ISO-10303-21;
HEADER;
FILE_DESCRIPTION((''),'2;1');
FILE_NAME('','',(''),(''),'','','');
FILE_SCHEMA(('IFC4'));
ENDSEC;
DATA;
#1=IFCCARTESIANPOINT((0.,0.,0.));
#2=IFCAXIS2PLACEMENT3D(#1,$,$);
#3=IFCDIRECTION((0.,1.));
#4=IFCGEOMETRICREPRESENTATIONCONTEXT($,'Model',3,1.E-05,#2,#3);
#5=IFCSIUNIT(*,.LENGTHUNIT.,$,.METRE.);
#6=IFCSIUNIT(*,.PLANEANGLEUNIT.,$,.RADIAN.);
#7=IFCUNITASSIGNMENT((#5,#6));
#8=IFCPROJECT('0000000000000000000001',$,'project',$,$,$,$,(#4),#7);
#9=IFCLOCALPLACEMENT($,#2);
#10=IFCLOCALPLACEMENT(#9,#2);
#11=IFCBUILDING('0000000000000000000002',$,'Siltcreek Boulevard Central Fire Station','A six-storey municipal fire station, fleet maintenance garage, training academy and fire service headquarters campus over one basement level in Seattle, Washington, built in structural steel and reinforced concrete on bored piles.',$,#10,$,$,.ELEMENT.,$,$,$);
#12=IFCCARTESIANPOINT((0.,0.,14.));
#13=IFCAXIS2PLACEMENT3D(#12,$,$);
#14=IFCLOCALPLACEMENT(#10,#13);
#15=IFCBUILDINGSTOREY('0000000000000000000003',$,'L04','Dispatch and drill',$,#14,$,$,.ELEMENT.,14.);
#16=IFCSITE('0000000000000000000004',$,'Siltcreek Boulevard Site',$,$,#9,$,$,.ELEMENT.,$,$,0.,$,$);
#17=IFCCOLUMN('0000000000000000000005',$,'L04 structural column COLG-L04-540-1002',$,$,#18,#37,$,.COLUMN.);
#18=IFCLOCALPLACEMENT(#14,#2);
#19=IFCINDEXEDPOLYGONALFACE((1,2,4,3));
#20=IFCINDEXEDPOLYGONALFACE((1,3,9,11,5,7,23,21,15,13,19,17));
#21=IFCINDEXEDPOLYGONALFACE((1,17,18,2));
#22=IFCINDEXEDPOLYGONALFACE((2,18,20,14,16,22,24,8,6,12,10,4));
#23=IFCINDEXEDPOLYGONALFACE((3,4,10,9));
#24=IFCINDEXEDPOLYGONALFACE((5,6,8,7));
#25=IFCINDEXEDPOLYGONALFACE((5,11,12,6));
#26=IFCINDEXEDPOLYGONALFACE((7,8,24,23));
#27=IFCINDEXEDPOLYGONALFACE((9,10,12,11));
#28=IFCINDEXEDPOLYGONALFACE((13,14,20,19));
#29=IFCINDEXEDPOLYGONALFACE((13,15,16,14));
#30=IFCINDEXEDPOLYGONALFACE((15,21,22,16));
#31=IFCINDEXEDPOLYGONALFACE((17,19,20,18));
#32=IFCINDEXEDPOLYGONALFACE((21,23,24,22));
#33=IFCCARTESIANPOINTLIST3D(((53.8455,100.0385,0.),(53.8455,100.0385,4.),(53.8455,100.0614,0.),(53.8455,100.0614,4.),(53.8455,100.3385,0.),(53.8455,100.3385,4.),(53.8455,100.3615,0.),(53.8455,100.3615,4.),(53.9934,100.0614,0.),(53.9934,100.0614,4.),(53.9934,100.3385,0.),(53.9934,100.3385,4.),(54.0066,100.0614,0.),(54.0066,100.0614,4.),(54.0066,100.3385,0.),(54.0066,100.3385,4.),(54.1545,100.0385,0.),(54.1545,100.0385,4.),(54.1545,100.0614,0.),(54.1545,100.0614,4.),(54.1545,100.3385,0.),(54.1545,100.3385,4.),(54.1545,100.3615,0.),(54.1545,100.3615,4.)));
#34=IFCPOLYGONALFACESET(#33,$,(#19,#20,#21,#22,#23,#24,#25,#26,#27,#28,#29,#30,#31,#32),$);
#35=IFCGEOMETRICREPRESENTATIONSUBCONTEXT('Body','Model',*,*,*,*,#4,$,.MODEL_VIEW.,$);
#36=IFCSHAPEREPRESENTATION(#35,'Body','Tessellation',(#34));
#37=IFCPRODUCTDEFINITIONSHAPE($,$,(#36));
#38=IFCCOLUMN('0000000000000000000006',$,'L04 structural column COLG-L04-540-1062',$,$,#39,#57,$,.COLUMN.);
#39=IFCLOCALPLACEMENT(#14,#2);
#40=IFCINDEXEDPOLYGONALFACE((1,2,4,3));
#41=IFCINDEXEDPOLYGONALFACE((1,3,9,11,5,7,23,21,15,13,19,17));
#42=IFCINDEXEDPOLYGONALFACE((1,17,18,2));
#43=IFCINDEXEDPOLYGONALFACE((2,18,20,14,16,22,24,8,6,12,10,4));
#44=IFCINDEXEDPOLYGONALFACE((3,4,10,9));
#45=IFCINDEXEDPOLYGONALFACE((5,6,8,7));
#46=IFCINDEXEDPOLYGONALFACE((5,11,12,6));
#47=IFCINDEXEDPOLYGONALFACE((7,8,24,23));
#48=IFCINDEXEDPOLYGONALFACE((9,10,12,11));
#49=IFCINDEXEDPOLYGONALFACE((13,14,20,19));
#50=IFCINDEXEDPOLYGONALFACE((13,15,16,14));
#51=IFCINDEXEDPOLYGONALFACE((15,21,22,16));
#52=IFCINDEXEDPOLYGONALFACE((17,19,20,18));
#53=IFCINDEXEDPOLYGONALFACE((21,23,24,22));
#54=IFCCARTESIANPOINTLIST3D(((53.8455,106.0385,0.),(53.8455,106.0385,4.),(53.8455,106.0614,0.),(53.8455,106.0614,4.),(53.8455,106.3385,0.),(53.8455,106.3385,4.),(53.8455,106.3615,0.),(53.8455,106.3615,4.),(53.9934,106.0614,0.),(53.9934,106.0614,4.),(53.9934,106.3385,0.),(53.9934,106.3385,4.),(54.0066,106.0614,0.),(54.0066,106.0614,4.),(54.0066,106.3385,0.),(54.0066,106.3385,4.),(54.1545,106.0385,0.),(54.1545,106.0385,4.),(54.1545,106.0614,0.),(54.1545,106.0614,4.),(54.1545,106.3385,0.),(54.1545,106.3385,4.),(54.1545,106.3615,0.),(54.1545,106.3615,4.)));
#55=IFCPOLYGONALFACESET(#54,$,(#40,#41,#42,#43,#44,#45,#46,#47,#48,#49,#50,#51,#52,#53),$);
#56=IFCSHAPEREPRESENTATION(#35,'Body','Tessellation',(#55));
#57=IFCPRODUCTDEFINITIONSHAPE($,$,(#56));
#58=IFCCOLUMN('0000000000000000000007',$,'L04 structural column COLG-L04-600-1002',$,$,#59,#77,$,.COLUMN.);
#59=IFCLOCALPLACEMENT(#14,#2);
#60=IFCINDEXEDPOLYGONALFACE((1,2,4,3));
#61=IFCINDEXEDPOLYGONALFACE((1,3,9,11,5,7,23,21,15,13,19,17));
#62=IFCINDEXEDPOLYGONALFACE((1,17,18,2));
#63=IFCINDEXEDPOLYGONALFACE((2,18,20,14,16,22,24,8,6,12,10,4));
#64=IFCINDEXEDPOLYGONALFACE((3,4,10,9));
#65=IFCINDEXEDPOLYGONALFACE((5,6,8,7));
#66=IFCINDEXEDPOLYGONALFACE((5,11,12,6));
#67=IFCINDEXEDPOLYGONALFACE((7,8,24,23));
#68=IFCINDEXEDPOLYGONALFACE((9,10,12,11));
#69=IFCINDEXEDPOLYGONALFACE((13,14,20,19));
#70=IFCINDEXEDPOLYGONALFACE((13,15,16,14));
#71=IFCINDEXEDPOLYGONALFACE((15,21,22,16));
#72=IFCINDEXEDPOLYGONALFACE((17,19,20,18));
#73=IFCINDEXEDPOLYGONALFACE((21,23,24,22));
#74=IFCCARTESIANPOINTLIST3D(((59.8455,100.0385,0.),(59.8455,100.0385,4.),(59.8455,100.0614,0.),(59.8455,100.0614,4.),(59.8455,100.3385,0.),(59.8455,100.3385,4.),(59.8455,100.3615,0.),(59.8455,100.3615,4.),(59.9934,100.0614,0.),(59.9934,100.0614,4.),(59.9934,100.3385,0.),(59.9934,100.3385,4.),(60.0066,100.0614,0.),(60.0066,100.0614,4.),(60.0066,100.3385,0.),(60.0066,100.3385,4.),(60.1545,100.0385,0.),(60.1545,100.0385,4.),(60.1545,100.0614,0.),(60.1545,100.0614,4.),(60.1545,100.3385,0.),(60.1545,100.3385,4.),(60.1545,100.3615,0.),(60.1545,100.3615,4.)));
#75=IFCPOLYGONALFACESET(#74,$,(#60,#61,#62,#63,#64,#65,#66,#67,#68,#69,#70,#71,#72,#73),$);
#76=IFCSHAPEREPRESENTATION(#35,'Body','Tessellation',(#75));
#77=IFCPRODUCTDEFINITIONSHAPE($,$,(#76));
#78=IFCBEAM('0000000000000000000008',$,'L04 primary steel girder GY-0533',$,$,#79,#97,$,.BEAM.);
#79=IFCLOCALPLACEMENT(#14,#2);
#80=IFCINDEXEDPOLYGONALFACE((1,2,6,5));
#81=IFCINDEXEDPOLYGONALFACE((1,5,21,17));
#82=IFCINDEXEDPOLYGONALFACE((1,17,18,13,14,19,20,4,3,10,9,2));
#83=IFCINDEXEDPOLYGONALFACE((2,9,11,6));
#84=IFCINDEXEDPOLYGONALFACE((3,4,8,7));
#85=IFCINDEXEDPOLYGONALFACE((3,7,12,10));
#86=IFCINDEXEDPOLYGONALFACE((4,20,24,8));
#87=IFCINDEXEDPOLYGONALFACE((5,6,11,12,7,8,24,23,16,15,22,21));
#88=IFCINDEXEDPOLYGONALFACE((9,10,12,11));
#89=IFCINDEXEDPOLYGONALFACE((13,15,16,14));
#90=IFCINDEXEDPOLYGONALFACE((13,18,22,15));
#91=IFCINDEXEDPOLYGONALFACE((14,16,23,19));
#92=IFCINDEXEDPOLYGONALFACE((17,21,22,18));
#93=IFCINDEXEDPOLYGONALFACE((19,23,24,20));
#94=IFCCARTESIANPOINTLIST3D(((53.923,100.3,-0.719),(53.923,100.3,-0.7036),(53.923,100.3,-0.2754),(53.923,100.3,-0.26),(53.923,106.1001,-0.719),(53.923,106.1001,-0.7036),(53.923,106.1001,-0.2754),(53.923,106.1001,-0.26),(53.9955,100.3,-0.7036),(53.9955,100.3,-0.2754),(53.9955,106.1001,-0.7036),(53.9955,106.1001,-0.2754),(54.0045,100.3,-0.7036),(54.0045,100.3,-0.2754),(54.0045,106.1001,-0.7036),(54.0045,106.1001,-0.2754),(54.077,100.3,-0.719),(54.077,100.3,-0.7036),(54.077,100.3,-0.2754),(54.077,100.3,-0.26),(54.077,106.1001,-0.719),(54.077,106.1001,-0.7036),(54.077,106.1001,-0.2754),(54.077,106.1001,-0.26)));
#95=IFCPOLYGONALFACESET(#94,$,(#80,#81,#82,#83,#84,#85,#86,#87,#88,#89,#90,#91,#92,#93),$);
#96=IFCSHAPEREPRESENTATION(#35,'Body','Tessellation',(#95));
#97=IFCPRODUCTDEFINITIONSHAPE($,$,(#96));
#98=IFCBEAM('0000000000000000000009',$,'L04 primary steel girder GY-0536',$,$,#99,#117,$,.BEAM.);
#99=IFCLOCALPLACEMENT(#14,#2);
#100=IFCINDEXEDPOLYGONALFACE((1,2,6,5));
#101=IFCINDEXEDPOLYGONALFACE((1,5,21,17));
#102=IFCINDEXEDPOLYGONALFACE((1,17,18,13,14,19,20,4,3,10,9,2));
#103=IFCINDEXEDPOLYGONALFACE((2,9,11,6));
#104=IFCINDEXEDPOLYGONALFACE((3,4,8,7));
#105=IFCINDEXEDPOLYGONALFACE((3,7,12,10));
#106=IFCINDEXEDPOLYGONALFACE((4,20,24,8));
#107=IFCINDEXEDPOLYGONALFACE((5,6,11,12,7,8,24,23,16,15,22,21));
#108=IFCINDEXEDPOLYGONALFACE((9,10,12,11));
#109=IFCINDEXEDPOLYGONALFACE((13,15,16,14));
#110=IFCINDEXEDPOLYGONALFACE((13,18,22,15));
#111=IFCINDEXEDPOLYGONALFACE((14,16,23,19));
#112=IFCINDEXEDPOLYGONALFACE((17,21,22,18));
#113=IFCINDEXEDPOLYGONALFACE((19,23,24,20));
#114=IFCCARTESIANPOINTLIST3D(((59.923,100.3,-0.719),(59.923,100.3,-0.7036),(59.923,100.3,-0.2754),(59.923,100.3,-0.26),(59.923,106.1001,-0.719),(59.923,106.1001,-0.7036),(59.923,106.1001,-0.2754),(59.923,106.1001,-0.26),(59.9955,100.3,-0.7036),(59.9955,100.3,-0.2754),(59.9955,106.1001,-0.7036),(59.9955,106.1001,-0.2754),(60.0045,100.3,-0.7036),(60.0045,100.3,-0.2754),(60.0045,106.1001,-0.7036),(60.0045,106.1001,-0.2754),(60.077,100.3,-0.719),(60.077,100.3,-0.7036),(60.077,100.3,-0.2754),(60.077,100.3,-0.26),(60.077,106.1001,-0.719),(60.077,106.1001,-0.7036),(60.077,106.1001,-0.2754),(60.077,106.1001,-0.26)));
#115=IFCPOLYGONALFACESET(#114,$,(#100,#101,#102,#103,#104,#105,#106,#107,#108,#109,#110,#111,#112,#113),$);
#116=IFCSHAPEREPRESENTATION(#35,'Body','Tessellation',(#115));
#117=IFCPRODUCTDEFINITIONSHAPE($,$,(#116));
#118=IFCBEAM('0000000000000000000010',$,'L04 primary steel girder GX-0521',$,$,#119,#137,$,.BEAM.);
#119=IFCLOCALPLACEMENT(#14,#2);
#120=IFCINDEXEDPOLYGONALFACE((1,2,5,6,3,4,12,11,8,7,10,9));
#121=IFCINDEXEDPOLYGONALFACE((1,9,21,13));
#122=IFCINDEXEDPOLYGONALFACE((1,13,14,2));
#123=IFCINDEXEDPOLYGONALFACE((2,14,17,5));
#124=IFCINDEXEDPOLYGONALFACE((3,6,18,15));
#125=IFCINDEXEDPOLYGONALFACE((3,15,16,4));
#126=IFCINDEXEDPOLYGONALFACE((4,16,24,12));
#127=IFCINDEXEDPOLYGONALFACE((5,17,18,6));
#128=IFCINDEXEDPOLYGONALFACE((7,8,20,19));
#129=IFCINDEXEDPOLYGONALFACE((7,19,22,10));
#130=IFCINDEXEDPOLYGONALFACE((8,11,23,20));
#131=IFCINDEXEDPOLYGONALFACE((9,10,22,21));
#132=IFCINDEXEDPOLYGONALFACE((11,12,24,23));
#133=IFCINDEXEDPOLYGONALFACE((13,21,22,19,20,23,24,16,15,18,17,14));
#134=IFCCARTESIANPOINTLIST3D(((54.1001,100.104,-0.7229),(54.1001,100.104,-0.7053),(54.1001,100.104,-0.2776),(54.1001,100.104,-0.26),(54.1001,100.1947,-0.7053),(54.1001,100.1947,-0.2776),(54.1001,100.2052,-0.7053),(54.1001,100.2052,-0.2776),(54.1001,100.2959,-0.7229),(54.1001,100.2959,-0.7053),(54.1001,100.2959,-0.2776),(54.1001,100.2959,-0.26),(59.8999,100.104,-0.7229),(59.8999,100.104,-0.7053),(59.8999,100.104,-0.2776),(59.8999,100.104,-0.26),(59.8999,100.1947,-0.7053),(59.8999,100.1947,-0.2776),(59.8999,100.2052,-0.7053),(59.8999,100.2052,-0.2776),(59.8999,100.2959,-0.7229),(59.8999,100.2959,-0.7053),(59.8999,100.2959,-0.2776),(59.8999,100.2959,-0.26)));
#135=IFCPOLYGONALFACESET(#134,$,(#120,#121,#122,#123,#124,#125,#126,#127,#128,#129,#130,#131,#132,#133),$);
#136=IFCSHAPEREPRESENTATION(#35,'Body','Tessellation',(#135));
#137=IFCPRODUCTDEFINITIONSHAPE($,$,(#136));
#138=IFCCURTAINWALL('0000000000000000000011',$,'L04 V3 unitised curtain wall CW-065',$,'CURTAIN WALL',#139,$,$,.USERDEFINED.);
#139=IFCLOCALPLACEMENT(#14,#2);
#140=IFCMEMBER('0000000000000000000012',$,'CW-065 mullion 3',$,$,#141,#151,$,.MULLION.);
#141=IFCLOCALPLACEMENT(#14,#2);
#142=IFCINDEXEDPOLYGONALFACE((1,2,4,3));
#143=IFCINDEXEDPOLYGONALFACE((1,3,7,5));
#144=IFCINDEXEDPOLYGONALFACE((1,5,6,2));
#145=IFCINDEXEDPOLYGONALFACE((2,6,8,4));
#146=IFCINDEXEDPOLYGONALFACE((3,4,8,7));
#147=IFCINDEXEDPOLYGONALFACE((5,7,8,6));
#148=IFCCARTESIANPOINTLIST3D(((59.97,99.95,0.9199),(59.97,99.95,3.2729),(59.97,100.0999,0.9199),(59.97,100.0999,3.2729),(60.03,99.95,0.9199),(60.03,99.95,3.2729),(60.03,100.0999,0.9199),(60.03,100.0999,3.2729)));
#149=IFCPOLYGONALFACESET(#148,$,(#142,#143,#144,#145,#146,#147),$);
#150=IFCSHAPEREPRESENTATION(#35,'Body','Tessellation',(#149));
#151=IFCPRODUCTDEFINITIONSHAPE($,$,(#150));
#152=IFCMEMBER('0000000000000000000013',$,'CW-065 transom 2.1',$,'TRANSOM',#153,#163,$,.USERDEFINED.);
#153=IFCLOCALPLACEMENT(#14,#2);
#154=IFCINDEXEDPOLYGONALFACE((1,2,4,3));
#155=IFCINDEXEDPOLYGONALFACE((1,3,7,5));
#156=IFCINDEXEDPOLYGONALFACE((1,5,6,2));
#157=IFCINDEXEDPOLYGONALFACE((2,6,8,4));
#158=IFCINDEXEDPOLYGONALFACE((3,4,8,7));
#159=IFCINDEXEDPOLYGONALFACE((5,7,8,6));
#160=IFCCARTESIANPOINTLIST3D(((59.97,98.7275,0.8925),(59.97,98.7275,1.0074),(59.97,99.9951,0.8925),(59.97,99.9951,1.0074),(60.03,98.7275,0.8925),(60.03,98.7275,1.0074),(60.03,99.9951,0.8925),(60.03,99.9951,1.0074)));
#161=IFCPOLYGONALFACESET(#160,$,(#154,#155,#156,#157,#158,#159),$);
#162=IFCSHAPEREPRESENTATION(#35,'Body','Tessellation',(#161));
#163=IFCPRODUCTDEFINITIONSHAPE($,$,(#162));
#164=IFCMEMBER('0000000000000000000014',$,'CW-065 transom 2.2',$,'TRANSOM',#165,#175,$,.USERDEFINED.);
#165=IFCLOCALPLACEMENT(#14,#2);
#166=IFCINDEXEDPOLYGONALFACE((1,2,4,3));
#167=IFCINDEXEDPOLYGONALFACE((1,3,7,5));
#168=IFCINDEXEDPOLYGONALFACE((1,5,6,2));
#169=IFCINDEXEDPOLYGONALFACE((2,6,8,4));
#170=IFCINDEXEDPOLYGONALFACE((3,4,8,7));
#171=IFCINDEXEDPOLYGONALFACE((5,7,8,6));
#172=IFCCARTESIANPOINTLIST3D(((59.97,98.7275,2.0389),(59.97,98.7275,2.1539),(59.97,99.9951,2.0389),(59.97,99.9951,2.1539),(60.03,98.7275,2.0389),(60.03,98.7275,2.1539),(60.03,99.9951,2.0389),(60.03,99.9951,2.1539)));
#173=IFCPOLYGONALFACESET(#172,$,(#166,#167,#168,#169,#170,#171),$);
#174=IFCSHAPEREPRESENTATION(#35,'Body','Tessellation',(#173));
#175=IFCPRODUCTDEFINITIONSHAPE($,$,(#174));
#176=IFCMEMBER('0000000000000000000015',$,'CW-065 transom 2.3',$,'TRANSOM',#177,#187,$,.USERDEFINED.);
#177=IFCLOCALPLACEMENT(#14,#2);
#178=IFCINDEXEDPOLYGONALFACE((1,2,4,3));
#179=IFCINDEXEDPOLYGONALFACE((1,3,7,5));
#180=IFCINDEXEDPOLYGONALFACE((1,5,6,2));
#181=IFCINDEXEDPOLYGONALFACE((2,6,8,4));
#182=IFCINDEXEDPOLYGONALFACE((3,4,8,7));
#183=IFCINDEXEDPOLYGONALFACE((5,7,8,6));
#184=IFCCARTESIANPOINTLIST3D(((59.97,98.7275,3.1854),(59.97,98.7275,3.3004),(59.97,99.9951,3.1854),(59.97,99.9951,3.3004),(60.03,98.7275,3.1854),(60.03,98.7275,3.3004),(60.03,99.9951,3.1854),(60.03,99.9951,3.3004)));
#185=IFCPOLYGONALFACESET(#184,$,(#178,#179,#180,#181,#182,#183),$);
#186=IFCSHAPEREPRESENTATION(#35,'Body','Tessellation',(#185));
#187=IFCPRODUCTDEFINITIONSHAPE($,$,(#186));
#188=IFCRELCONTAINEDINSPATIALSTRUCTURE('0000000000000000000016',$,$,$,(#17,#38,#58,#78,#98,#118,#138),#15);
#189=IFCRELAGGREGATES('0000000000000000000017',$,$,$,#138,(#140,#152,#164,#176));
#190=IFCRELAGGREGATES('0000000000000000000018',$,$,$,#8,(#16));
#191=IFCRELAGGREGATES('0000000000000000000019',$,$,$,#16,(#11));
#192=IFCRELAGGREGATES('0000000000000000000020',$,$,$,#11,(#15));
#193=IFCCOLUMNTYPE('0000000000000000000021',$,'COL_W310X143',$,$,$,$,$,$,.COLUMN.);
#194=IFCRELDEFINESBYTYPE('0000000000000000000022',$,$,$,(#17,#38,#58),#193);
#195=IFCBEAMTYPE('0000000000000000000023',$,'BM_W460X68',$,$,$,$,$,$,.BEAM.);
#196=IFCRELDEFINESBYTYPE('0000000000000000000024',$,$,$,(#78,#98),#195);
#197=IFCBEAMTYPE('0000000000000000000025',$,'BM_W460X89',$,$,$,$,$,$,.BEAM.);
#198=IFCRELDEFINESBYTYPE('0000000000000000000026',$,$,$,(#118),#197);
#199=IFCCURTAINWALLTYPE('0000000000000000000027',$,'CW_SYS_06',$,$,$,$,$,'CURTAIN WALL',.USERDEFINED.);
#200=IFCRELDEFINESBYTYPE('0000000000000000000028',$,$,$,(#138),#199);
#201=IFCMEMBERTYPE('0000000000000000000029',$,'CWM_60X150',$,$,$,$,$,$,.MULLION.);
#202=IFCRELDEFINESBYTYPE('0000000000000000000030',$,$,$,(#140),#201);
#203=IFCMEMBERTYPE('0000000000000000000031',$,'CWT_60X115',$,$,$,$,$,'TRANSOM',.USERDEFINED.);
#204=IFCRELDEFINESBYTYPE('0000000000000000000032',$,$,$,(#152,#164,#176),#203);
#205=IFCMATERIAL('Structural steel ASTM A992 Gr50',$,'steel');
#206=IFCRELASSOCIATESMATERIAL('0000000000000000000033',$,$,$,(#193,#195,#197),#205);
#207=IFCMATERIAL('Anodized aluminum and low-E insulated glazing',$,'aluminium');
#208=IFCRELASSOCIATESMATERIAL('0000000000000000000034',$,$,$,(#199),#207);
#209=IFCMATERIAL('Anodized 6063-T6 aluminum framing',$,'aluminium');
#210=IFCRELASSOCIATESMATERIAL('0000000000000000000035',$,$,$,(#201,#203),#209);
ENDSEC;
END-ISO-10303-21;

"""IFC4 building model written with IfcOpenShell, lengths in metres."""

from ifc_helpers import new_model, si_unit, direction, frame, origin, origin_2d, place, context, subcontext, project, spatial, rectangle, i_section, extrude, material, material_profile, profile_set, type_object, element, aggregate, save


model = new_model("IFC4")

# Units and contexts
model_context = context("Model", 3, precision=1e-05, world=origin(), true_north=direction((0.0, 1.0)))
body_context = subcontext(model_context, "Body", "Model", "MODEL_VIEW")
ifc_project = project(units=[si_unit("LENGTHUNIT", "METRE"), si_unit("PLANEANGLEUNIT", "RADIAN")], contexts=[model_context])

# Site, building, storey
site_placement = place(None, origin())
site = spatial("IfcSite", under=ifc_project, at=site_placement, Name="Siltcreek Boulevard Site", CompositionType="ELEMENT", RefElevation=0.0)
building_placement = place(site_placement, origin())
building = spatial("IfcBuilding", under=site, at=building_placement, Name="Siltcreek Boulevard Central Fire Station", Description="A six-storey municipal fire station, fleet maintenance garage, training academy and fire service headquarters campus over one basement level in Seattle, Washington, built in structural steel and reinforced concrete on bored piles.", CompositionType="ELEMENT")
storey_placement = place(building_placement, frame((0.0, 0.0, 14.0)))
storey = spatial("IfcBuildingStorey", under=building, at=storey_placement, Name="L04", Description="Dispatch and drill", CompositionType="ELEMENT", Elevation=14.0)

# Columns
ifc_material_1 = material(Name="Structural steel ASTM A992 Gr50", Category="steel")
ifc_material_profile_1 = material_profile(ifc_material_1, i_section(OverallWidth=0.3091, OverallDepth=0.323, WebThickness=0.0132, FlangeThickness=0.0229, at=origin_2d()), Name="W310X143")
ifc_profile_set_1 = profile_set([ifc_material_profile_1], Name="Structural steel ASTM A992 Gr50")
column_type = type_object("IfcColumnType", Name="COL_W310X143", PredefinedType="COLUMN", material=ifc_profile_set_1)
for number, where, z_axis, x_axis, name in (
    (1, (54.0, 100.2, 0.0), (0.0, 0.0, 1.0), (1.0, 0.0, 0.0), "L04 structural column COLG-L04-540-1002"),
    (2, (54.0, 106.2, 0.0), (0.0, 0.0, 1.0), (1.0, 0.0, 0.0), "L04 structural column COLG-L04-540-1062"),
    (3, (60.0, 100.2, 0.0), (0.0, 0.0, 1.0), (1.0, 0.0, 0.0), "L04 structural column COLG-L04-600-1002"),
):
    element("IfcColumn", number, at=place(storey_placement, frame(where, z_axis=z_axis, x_axis=x_axis)), inside=storey, type_object=column_type, Name=name, PredefinedType="COLUMN", context=body_context, shape_type="SweptSolid", body=[
        extrude(i_section(OverallWidth=0.3091, OverallDepth=0.323, WebThickness=0.0132, FlangeThickness=0.0229, at=origin_2d()), origin(), (0.0, 0.0, 1.0), 4.0),
    ])

# Beams
ifc_material_profile_2 = material_profile(ifc_material_1, i_section(OverallWidth=0.1541, OverallDepth=0.459, WebThickness=0.009, FlangeThickness=0.0154, at=origin_2d()), Name="W460X68")
ifc_profile_set_2 = profile_set([ifc_material_profile_2], Name="Structural steel ASTM A992 Gr50")
beam_type_1 = type_object("IfcBeamType", Name="BM_W460X68", PredefinedType="BEAM", material=ifc_profile_set_2)
for number, where, z_axis, x_axis, name in (
    (4, (54.0, 100.3, -0.4895), (0.0, 1.0, 0.0), (-1.0, 0.0, 0.0), "L04 primary steel girder GY-0533"),
    (5, (60.0, 100.3, -0.4895), (0.0, 1.0, 0.0), (-1.0, 0.0, 0.0), "L04 primary steel girder GY-0536"),
):
    element("IfcBeam", number, at=place(storey_placement, frame(where, z_axis=z_axis, x_axis=x_axis)), inside=storey, type_object=beam_type_1, Name=name, PredefinedType="BEAM", context=body_context, shape_type="SweptSolid", body=[
        extrude(i_section(OverallWidth=0.1541, OverallDepth=0.459, WebThickness=0.009, FlangeThickness=0.0154, at=origin_2d()), origin(), (0.0, 0.0, 1.0), 5.8),
    ])
ifc_material_profile_3 = material_profile(ifc_material_1, i_section(OverallWidth=0.1919, OverallDepth=0.4629, WebThickness=0.0105, FlangeThickness=0.0176, at=origin_2d()), Name="W460X89")
ifc_profile_set_3 = profile_set([ifc_material_profile_3], Name="Structural steel ASTM A992 Gr50")
beam_type_2 = type_object("IfcBeamType", Name="BM_W460X89", PredefinedType="BEAM", material=ifc_profile_set_3)
beam_1_placement = place(storey_placement, frame((54.1001, 100.2, -0.4915), z_axis=(1.0, 0.0, 0.0), x_axis=(0.0, 1.0, 0.0)))
element("IfcBeam", 6, at=beam_1_placement, inside=storey, type_object=beam_type_2, Name="L04 primary steel girder GX-0521", PredefinedType="BEAM", context=body_context, shape_type="SweptSolid", body=[
    extrude(i_section(OverallWidth=0.1919, OverallDepth=0.4629, WebThickness=0.0105, FlangeThickness=0.0176, at=origin_2d()), origin(), (0.0, 0.0, 1.0), 5.7998),
])

# Curtain wall, members
ifc_material_2 = material(Name="Anodized aluminum and low-E insulated glazing", Category="aluminium")
curtain_wall_type = type_object("IfcCurtainWallType", Name="CW_SYS_06", ElementType="CURTAIN WALL", PredefinedType="USERDEFINED", material=ifc_material_2)
curtain_wall_placement = place(storey_placement, origin())
curtain_wall = element("IfcCurtainWall", 7, at=curtain_wall_placement, inside=storey, type_object=curtain_wall_type, Name="L04 V3 unitised curtain wall CW-065", ObjectType="CURTAIN WALL", PredefinedType="USERDEFINED")
ifc_material_3 = material(Name="Anodized 6063-T6 aluminum framing", Category="aluminium")
ifc_material_profile_4 = material_profile(ifc_material_3, rectangle(XDim=0.0601, YDim=0.1499, at=origin_2d()), Name="MULL60X150")
ifc_profile_set_4 = profile_set([ifc_material_profile_4], Name="Anodized 6063-T6 aluminum framing")
member_type_1 = type_object("IfcMemberType", Name="CWM_60X150", PredefinedType="MULLION", material=ifc_profile_set_4)
member_1_placement = place(storey_placement, frame((60.0, 100.0249, 0.9199), z_axis=(0.0, 0.0, 1.0), x_axis=(-1.0, 0.0, 0.0)))
member_1 = element("IfcMember", 8, at=member_1_placement, type_object=member_type_1, Name="CW-065 mullion 3", PredefinedType="MULLION", context=body_context, shape_type="SweptSolid", body=[
    extrude(rectangle(XDim=0.0601, YDim=0.1499, at=origin_2d()), origin(), (0.0, 0.0, 1.0), 2.353),
])
ifc_material_profile_5 = material_profile(ifc_material_3, rectangle(XDim=0.0601, YDim=0.115, at=origin_2d()), Name="TRAN60X115")
ifc_profile_set_5 = profile_set([ifc_material_profile_5], Name="Anodized 6063-T6 aluminum framing")
member_type_2 = type_object("IfcMemberType", Name="CWT_60X115", ElementType="TRANSOM", PredefinedType="USERDEFINED", material=ifc_profile_set_5)
member_2_placement = place(storey_placement, frame((60.0, 98.7275, 0.95), z_axis=(0.0, 1.0, 0.0), x_axis=(-1.0, 0.0, 0.0)))
member_2 = element("IfcMember", 9, at=member_2_placement, type_object=member_type_2, Name="CW-065 transom 2.1", ObjectType="TRANSOM", PredefinedType="USERDEFINED", context=body_context, shape_type="SweptSolid", body=[
    extrude(rectangle(XDim=0.0601, YDim=0.115, at=origin_2d()), origin(), (0.0, 0.0, 1.0), 1.2676),
])
member_3_placement = place(storey_placement, frame((60.0, 98.7275, 2.0964), z_axis=(0.0, 1.0, 0.0), x_axis=(-1.0, 0.0, 0.0)))
member_3 = element("IfcMember", 10, at=member_3_placement, type_object=member_type_2, Name="CW-065 transom 2.2", ObjectType="TRANSOM", PredefinedType="USERDEFINED", context=body_context, shape_type="SweptSolid", body=[
    extrude(rectangle(XDim=0.0601, YDim=0.115, at=origin_2d()), origin(), (0.0, 0.0, 1.0), 1.2676),
])
member_4_placement = place(storey_placement, frame((60.0, 98.7275, 3.2429), z_axis=(0.0, 1.0, 0.0), x_axis=(-1.0, 0.0, 0.0)))
member_4 = element("IfcMember", 11, at=member_4_placement, type_object=member_type_2, Name="CW-065 transom 2.3", ObjectType="TRANSOM", PredefinedType="USERDEFINED", context=body_context, shape_type="SweptSolid", body=[
    extrude(rectangle(XDim=0.0601, YDim=0.115, at=origin_2d()), origin(), (0.0, 0.0, 1.0), 1.2676),
])

aggregate(curtain_wall, [member_1, member_2, member_3, member_4])

save(model, "model.ifc")
